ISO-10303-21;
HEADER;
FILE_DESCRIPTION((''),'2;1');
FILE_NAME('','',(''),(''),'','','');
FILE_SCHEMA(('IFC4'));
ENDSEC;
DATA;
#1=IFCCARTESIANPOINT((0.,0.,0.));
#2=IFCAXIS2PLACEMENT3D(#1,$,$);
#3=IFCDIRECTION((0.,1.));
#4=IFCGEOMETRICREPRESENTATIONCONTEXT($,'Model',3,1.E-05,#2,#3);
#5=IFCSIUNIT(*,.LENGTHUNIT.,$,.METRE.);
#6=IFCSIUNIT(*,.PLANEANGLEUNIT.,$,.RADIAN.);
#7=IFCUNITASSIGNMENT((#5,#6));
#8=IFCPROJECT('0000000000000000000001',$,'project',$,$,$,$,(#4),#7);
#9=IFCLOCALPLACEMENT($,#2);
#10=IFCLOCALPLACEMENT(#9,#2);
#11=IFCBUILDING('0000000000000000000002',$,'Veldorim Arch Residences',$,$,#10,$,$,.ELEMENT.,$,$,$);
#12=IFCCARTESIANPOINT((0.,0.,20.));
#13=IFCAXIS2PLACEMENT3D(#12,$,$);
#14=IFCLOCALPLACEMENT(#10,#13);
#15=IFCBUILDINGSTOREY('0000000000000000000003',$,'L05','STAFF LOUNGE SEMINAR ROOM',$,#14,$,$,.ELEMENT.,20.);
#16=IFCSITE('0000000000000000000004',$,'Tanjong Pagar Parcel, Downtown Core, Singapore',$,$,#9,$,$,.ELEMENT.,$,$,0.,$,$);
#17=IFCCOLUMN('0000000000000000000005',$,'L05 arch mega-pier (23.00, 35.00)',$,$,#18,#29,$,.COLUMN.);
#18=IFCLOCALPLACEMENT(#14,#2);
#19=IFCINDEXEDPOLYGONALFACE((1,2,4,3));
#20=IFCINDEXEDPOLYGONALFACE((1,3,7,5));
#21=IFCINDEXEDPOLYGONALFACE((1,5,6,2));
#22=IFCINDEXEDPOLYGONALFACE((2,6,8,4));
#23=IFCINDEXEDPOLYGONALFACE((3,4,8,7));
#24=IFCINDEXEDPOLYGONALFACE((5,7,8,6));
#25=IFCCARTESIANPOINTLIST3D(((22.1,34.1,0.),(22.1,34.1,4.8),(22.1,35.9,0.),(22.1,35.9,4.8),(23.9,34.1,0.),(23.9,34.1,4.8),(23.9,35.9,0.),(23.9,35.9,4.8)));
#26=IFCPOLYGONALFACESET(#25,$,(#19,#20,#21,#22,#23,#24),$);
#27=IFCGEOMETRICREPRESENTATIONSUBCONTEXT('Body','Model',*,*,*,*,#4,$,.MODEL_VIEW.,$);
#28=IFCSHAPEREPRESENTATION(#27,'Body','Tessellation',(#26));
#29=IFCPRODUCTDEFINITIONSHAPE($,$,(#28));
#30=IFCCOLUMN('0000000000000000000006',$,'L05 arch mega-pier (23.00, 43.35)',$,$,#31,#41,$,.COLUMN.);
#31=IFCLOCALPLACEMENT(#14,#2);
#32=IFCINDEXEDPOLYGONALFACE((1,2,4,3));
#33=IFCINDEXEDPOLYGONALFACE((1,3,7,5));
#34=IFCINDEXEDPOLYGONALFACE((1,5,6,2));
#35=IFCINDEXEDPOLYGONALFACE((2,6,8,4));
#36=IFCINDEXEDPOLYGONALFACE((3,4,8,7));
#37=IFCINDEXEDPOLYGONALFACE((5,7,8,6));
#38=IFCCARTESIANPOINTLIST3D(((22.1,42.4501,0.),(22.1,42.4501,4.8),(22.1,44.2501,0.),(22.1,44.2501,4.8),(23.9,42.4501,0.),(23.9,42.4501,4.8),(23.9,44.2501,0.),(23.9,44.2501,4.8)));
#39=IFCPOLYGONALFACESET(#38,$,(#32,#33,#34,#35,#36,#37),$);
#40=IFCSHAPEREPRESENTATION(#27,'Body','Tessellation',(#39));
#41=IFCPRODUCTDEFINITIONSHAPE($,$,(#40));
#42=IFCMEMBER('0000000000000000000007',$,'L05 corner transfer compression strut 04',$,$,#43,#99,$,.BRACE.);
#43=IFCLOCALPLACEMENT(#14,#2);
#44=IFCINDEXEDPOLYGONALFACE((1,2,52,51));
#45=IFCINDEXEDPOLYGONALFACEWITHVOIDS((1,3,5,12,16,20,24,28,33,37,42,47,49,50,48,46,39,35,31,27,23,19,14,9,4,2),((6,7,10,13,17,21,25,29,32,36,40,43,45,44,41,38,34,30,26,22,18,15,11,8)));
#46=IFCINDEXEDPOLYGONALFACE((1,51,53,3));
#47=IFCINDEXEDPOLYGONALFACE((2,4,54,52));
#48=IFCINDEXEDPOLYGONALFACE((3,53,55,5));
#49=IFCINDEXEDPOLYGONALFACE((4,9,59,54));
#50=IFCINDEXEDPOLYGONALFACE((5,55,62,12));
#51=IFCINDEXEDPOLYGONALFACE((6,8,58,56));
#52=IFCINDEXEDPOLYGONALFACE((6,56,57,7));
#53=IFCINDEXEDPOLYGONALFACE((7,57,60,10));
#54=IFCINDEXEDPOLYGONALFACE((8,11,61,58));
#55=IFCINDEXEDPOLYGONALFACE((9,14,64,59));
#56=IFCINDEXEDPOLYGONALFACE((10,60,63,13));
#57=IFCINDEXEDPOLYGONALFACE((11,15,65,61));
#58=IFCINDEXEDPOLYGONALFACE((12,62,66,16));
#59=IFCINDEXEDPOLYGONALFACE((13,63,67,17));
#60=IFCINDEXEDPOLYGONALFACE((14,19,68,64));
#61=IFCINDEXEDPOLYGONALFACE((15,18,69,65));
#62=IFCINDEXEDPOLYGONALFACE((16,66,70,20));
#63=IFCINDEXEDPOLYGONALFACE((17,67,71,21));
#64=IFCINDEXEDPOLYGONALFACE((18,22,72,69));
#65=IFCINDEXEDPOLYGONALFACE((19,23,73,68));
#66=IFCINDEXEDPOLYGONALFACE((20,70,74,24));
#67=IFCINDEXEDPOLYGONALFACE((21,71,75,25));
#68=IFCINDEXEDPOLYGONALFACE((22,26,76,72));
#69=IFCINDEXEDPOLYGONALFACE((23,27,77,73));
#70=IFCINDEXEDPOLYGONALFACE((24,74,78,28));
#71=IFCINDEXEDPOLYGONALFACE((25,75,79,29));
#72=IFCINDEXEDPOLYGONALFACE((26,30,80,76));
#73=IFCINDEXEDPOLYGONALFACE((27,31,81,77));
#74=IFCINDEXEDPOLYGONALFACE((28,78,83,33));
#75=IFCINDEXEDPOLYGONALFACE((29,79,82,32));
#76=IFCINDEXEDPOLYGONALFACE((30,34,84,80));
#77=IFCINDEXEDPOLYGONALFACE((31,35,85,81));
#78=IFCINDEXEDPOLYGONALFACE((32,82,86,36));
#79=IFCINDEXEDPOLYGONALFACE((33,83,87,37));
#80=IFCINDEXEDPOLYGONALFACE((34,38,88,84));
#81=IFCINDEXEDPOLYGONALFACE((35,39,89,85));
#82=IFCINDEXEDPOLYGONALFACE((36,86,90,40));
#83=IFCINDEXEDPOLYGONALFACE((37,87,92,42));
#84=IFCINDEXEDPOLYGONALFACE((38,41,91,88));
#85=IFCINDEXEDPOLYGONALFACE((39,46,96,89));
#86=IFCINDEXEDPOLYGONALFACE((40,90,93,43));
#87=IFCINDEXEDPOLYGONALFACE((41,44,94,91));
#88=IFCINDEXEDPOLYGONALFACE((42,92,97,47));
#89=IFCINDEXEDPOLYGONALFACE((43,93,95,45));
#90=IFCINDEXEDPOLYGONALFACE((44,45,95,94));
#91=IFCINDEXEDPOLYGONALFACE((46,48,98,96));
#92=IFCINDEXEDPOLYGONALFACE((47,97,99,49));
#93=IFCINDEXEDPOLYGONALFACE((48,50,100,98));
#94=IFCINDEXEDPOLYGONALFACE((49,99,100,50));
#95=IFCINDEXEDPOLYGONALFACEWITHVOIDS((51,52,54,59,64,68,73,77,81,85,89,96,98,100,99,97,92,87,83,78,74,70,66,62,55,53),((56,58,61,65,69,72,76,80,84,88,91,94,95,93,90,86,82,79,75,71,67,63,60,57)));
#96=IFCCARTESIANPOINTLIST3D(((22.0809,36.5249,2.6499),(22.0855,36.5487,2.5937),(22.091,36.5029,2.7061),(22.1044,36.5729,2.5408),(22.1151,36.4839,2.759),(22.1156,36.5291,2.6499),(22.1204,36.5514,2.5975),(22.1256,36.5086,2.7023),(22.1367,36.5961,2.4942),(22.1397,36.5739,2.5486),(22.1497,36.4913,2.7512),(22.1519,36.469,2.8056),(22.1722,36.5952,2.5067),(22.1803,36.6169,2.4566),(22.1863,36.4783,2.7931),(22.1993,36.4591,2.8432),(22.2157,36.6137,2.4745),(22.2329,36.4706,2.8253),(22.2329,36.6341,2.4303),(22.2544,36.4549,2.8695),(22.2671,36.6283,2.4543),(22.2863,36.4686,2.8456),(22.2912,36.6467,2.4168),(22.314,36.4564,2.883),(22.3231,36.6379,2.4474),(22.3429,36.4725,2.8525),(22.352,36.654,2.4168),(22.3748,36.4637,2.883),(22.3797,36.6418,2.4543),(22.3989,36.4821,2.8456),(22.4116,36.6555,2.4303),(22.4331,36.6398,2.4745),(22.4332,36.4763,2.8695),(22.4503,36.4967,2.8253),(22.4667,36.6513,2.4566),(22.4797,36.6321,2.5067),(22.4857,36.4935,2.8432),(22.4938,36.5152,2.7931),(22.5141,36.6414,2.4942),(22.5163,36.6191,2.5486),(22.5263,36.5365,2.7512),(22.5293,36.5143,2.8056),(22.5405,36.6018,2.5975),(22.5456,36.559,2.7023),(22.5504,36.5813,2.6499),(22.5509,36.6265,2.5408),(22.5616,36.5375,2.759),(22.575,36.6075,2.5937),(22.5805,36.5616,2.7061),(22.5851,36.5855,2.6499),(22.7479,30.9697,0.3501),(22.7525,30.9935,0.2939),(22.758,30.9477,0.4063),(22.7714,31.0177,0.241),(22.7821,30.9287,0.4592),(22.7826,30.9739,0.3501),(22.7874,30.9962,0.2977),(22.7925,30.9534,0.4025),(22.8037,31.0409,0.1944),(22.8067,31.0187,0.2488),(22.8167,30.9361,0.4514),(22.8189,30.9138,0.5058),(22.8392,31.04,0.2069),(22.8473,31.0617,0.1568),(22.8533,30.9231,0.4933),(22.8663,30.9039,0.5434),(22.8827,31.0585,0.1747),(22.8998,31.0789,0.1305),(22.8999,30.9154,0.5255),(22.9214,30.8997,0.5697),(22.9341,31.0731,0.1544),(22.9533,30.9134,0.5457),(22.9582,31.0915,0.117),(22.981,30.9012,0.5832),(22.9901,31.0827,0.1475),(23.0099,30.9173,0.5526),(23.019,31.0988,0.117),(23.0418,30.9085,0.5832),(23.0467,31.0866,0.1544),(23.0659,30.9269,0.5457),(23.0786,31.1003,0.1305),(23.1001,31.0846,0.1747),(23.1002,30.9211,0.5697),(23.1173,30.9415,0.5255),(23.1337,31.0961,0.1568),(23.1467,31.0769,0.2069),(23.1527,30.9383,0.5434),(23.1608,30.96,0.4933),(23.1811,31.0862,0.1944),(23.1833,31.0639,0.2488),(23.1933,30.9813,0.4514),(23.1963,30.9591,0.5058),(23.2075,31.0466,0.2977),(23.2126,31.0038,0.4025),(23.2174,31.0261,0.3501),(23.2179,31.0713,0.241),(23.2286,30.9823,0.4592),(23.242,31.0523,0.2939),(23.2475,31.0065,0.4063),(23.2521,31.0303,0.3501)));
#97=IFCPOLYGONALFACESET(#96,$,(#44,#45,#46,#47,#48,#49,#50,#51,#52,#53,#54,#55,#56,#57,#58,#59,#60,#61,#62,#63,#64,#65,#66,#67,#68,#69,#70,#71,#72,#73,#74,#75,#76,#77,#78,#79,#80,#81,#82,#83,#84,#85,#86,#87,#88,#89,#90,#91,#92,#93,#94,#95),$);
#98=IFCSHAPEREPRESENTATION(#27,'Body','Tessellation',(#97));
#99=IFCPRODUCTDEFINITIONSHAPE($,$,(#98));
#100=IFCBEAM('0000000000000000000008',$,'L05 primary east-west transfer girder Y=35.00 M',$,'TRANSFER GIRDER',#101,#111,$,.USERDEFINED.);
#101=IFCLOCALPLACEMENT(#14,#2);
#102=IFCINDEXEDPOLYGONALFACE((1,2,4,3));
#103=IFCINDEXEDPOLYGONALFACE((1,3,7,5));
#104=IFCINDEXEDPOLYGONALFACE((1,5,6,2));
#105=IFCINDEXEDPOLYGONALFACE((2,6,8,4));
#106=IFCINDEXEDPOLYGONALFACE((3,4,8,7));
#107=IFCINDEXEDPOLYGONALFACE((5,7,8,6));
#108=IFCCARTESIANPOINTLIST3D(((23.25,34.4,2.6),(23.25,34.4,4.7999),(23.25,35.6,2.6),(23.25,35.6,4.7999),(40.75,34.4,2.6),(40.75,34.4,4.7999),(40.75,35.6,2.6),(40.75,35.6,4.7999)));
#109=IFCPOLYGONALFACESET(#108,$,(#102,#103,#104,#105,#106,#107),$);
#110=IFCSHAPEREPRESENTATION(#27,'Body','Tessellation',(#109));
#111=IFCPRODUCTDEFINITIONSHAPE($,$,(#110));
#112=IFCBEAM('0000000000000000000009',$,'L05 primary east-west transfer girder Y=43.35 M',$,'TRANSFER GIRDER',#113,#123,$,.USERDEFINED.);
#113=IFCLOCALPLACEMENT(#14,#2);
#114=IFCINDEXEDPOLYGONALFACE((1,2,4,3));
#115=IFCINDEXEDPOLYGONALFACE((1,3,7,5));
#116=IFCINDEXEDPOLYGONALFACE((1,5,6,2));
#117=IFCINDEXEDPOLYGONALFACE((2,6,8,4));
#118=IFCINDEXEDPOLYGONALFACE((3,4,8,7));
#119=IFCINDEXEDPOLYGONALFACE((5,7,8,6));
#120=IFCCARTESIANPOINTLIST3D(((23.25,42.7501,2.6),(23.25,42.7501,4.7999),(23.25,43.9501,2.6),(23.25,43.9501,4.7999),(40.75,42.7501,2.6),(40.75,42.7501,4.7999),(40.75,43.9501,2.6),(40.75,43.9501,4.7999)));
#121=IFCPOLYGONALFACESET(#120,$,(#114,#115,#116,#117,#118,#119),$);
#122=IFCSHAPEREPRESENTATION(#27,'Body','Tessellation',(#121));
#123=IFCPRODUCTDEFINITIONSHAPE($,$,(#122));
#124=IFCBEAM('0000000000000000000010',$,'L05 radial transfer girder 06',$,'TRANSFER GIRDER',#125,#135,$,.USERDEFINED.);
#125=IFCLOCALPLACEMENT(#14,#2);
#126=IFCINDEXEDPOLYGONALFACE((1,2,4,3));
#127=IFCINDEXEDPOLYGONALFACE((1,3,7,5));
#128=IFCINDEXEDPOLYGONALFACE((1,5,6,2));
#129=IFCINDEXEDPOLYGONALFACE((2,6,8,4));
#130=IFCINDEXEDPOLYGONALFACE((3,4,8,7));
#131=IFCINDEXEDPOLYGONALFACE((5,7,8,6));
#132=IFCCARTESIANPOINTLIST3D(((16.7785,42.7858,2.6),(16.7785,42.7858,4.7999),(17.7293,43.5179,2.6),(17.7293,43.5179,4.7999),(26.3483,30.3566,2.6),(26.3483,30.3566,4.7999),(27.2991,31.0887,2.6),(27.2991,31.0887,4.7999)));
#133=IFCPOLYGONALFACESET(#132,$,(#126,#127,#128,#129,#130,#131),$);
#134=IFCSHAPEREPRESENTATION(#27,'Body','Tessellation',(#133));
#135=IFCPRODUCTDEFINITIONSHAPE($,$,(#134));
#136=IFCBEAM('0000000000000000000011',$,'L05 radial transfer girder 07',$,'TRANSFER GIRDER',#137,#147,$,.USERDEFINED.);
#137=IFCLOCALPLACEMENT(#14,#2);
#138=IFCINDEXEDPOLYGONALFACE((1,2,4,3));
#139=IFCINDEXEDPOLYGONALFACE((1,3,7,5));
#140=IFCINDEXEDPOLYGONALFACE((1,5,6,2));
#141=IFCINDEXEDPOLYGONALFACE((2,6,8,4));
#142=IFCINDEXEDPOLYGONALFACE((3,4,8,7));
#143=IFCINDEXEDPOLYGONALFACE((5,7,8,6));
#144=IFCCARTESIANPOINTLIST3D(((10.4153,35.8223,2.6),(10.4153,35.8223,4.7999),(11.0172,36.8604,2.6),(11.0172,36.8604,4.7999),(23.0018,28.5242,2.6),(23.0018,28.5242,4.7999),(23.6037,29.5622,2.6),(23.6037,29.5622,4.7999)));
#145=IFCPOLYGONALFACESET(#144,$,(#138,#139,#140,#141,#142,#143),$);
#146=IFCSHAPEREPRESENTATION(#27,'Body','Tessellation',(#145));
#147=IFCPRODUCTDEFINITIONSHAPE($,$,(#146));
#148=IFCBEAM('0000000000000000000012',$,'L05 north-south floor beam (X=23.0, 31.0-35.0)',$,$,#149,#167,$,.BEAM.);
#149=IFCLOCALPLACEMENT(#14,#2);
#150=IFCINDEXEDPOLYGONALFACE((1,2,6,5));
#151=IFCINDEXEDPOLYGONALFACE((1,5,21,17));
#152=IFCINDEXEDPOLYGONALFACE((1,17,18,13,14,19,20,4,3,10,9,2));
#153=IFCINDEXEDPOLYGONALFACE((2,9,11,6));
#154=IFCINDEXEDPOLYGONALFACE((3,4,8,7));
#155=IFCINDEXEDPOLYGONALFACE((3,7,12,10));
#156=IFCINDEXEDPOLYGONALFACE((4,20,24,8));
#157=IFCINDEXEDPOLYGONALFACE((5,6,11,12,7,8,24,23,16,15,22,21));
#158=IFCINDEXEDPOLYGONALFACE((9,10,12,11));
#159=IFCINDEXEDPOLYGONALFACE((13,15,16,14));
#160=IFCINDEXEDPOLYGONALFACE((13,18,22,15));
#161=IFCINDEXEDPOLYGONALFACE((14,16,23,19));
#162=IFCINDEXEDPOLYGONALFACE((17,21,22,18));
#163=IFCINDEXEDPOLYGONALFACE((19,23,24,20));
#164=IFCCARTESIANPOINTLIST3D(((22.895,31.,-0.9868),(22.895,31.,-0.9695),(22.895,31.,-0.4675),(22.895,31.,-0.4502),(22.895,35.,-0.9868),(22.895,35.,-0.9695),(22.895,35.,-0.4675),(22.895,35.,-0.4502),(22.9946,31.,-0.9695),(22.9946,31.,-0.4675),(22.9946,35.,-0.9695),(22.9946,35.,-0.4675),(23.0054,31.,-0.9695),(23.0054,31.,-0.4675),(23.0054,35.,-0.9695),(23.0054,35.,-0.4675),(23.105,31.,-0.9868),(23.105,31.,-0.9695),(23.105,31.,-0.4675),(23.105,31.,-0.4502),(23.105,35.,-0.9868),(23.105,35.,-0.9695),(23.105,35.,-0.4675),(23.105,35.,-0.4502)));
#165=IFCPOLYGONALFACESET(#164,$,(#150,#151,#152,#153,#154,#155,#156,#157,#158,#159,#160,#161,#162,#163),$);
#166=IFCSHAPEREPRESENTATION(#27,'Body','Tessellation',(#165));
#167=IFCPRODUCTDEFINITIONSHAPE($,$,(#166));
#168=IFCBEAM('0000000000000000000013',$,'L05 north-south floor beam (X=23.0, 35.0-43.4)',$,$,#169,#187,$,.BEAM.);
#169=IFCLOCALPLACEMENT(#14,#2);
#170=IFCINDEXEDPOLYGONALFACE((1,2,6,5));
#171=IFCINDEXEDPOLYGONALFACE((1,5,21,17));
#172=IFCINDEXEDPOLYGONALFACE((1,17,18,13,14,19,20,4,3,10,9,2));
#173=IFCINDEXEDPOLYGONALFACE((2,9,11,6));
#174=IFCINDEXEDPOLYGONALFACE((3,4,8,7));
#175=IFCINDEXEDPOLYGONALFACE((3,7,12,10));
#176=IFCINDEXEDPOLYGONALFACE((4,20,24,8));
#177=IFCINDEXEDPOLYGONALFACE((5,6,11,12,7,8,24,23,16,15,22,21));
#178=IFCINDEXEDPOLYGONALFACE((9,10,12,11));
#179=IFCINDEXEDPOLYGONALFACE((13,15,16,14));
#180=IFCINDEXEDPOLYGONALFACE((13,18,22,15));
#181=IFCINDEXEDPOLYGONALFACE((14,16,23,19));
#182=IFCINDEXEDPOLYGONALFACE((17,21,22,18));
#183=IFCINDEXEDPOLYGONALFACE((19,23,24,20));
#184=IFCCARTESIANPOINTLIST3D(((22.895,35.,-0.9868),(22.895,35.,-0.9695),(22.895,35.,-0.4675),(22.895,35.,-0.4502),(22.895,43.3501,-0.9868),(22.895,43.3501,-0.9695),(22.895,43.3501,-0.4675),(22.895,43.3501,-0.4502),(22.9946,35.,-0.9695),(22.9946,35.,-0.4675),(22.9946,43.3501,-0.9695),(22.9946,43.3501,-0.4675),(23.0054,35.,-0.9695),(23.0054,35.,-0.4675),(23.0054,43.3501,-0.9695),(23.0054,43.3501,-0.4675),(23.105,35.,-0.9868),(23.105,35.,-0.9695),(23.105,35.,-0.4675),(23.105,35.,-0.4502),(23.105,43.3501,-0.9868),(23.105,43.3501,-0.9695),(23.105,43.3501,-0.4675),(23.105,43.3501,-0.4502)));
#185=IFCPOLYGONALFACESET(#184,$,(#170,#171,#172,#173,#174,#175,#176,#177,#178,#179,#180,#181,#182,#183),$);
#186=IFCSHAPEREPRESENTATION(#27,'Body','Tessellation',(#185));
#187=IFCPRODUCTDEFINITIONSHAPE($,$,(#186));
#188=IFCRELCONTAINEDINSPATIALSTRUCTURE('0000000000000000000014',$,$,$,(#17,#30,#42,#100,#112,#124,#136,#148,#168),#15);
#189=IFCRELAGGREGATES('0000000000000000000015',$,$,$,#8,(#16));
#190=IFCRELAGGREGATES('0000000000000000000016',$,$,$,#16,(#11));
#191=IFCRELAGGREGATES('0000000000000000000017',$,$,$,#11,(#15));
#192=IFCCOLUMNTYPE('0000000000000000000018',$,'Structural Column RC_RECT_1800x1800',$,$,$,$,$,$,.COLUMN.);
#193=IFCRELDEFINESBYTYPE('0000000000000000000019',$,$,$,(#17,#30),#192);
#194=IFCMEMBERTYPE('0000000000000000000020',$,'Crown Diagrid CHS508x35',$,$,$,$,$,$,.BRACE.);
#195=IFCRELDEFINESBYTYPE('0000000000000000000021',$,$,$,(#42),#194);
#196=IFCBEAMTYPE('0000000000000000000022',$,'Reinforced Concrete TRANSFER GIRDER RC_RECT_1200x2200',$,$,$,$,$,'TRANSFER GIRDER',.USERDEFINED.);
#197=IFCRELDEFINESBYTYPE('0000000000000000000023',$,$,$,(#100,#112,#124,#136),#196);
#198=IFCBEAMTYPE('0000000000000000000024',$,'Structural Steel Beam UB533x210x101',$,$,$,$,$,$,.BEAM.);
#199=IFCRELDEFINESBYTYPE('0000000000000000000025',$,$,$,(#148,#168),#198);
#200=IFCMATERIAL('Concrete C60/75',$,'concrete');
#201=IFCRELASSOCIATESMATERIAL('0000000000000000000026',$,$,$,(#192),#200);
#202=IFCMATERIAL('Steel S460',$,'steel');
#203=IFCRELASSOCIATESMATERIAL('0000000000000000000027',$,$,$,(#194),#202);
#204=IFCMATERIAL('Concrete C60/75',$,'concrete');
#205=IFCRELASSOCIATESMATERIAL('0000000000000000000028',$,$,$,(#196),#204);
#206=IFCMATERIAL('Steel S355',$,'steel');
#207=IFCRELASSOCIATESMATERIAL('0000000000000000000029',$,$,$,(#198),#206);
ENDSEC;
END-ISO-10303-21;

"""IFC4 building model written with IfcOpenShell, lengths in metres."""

from ifc_helpers import new_model, si_unit, direction, frame, origin, origin_2d, place, context, subcontext, project, spatial, rectangle, hollow_circle, i_section, extrude, material, material_profile, profile_set, type_object, element, save


model = new_model("IFC4")

# Units and contexts
model_context = context("Model", 3, precision=1e-05, world=origin(), true_north=direction((0.0, 1.0)))
body_context = subcontext(model_context, "Body", "Model", "MODEL_VIEW")
ifc_project = project(units=[si_unit("LENGTHUNIT", "METRE"), si_unit("PLANEANGLEUNIT", "RADIAN")], contexts=[model_context])

# Site, building, storey
site_placement = place(None, origin())
site = spatial("IfcSite", under=ifc_project, at=site_placement, Name="Tanjong Pagar Parcel, Downtown Core, Singapore", CompositionType="ELEMENT", RefElevation=0.0)
building_placement = place(site_placement, origin())
building = spatial("IfcBuilding", under=site, at=building_placement, Name="Veldorim Arch Residences", CompositionType="ELEMENT")
storey_placement = place(building_placement, frame((0.0, 0.0, 20.0)))
storey = spatial("IfcBuildingStorey", under=building, at=storey_placement, Name="L05", Description="STAFF LOUNGE SEMINAR ROOM", CompositionType="ELEMENT", Elevation=20.0)

# Columns
ifc_material_1 = material(Name="Concrete C60/75", Category="concrete")
ifc_material_profile_1 = material_profile(ifc_material_1, rectangle(XDim=1.8, YDim=1.8, at=origin_2d()), Name="RC_RECT_1800x1800")
ifc_profile_set_1 = profile_set([ifc_material_profile_1], Name="Concrete C60/75")
column_type = type_object("IfcColumnType", Name="Structural Column RC_RECT_1800x1800", PredefinedType="COLUMN", material=ifc_profile_set_1)
for number, where, z_axis, x_axis, name in (
    (1, (23.0, 35.0, 0.0), (0.0, 0.0, 1.0), (1.0, 0.0, 0.0), "L05 arch mega-pier (23.00, 35.00)"),
    (2, (23.0, 43.3501, 0.0), (0.0, 0.0, 1.0), (1.0, 0.0, 0.0), "L05 arch mega-pier (23.00, 43.35)"),
):
    element("IfcColumn", number, at=place(storey_placement, frame(where, z_axis=z_axis, x_axis=x_axis)), inside=storey, type_object=column_type, Name=name, PredefinedType="COLUMN", context=body_context, shape_type="SweptSolid", body=[
        extrude(rectangle(XDim=1.8, YDim=1.8, at=origin_2d()), origin(), (0.0, 0.0, 1.0), 4.8),
    ])

# Member
ifc_material_2 = material(Name="Steel S460", Category="steel")
ifc_material_profile_2 = material_profile(ifc_material_2, hollow_circle(Radius=0.2539, WallThickness=0.0349, at=origin_2d()), Name="CHS508x35")
ifc_profile_set_2 = profile_set([ifc_material_profile_2], Name="Steel S460")
member_type_1 = type_object("IfcMemberType", Name="Crown Diagrid CHS508x35", PredefinedType="BRACE", material=ifc_profile_set_2)
member_1_placement = place(storey_placement, frame((23.0, 31.0, 0.3501), z_axis=(-0.11026, 0.918318, 0.380177), x_axis=(-0.992869, -0.119211, 0.0)))
element("IfcMember", 3, at=member_1_placement, inside=storey, type_object=member_type_1, Name="L05 corner transfer compression strut 04", PredefinedType="BRACE", context=body_context, shape_type="SweptSolid", body=[
    extrude(hollow_circle(Radius=0.2539, WallThickness=0.0349, at=origin_2d()), origin(), (0.0, 0.0, 1.0), 6.0493),
])

# Beams
ifc_material_3 = material(Name="Concrete C60/75", Category="concrete")
ifc_material_profile_3 = material_profile(ifc_material_3, rectangle(XDim=1.2, YDim=2.2, at=origin_2d()), Name="RC_RECT_1200x2200")
ifc_profile_set_3 = profile_set([ifc_material_profile_3], Name="Concrete C60/75")
beam_type_1 = type_object("IfcBeamType", Name="Reinforced Concrete TRANSFER GIRDER RC_RECT_1200x2200", ElementType="TRANSFER GIRDER", PredefinedType="USERDEFINED", material=ifc_profile_set_3)
for number, where, z_axis, x_axis, name in (
    (4, (23.25, 35.0, 3.7), (1.0, 0.0, 0.0), (0.0, 1.0, 0.0), "L05 primary east-west transfer girder Y=35.00 M"),
    (5, (23.25, 43.3501, 3.7), (1.0, 0.0, 0.0), (0.0, 1.0, 0.0), "L05 primary east-west transfer girder Y=43.35 M"),
):
    element("IfcBeam", number, at=place(storey_placement, frame(where, z_axis=z_axis, x_axis=x_axis)), inside=storey, type_object=beam_type_1, Name=name, ObjectType="TRANSFER GIRDER", PredefinedType="USERDEFINED", context=body_context, shape_type="SweptSolid", body=[
        extrude(rectangle(XDim=1.2, YDim=2.2, at=origin_2d()), origin(), (0.0, 0.0, 1.0), 17.5),
    ])
beam_1_placement = place(storey_placement, frame((26.8237, 30.7227, 3.7), z_axis=(-0.610067, 0.79235, 0.0), x_axis=(-0.79235, -0.610067, 0.0)))
element("IfcBeam", 6, at=beam_1_placement, inside=storey, type_object=beam_type_1, Name="L05 radial transfer girder 06", ObjectType="TRANSFER GIRDER", PredefinedType="USERDEFINED", context=body_context, shape_type="SweptSolid", body=[
    extrude(rectangle(XDim=1.2, YDim=2.2, at=origin_2d()), origin(), (0.0, 0.0, 1.0), 15.6865),
])
beam_2_placement = place(storey_placement, frame((23.3027, 29.0432, 3.7), z_axis=(-0.865092, 0.501614, 0.0), x_axis=(-0.501614, -0.865092, 0.0)))
element("IfcBeam", 7, at=beam_2_placement, inside=storey, type_object=beam_type_1, Name="L05 radial transfer girder 07", ObjectType="TRANSFER GIRDER", PredefinedType="USERDEFINED", context=body_context, shape_type="SweptSolid", body=[
    extrude(rectangle(XDim=1.2, YDim=2.2, at=origin_2d()), origin(), (0.0, 0.0, 1.0), 14.5493),
])
ifc_material_4 = material(Name="Steel S355", Category="steel")
ifc_material_profile_4 = material_profile(ifc_material_4, i_section(OverallWidth=0.21, OverallDepth=0.5366, WebThickness=0.0107, FlangeThickness=0.0173, at=origin_2d()), Name="UB533x210x101")
ifc_profile_set_4 = profile_set([ifc_material_profile_4], Name="Steel S355")
beam_type_2 = type_object("IfcBeamType", Name="Structural Steel Beam UB533x210x101", PredefinedType="BEAM", material=ifc_profile_set_4)
beam_3_placement = place(storey_placement, frame((23.0, 31.0, -0.7185), z_axis=(0.0, 1.0, 0.0), x_axis=(-1.0, 0.0, 0.0)))
element("IfcBeam", 8, at=beam_3_placement, inside=storey, type_object=beam_type_2, Name="L05 north-south floor beam (X=23.0, 31.0-35.0)", PredefinedType="BEAM", context=body_context, shape_type="SweptSolid", body=[
    extrude(i_section(OverallWidth=0.21, OverallDepth=0.5366, WebThickness=0.0107, FlangeThickness=0.0173, at=origin_2d()), origin(), (0.0, 0.0, 1.0), 4.0),
])
beam_4_placement = place(storey_placement, frame((23.0, 35.0, -0.7185), z_axis=(0.0, 1.0, 0.0), x_axis=(-1.0, 0.0, 0.0)))
element("IfcBeam", 9, at=beam_4_placement, inside=storey, type_object=beam_type_2, Name="L05 north-south floor beam (X=23.0, 35.0-43.4)", PredefinedType="BEAM", context=body_context, shape_type="SweptSolid", body=[
    extrude(i_section(OverallWidth=0.21, OverallDepth=0.5366, WebThickness=0.0107, FlangeThickness=0.0173, at=origin_2d()), origin(), (0.0, 0.0, 1.0), 8.3501),
])

save(model, "model.ifc")
